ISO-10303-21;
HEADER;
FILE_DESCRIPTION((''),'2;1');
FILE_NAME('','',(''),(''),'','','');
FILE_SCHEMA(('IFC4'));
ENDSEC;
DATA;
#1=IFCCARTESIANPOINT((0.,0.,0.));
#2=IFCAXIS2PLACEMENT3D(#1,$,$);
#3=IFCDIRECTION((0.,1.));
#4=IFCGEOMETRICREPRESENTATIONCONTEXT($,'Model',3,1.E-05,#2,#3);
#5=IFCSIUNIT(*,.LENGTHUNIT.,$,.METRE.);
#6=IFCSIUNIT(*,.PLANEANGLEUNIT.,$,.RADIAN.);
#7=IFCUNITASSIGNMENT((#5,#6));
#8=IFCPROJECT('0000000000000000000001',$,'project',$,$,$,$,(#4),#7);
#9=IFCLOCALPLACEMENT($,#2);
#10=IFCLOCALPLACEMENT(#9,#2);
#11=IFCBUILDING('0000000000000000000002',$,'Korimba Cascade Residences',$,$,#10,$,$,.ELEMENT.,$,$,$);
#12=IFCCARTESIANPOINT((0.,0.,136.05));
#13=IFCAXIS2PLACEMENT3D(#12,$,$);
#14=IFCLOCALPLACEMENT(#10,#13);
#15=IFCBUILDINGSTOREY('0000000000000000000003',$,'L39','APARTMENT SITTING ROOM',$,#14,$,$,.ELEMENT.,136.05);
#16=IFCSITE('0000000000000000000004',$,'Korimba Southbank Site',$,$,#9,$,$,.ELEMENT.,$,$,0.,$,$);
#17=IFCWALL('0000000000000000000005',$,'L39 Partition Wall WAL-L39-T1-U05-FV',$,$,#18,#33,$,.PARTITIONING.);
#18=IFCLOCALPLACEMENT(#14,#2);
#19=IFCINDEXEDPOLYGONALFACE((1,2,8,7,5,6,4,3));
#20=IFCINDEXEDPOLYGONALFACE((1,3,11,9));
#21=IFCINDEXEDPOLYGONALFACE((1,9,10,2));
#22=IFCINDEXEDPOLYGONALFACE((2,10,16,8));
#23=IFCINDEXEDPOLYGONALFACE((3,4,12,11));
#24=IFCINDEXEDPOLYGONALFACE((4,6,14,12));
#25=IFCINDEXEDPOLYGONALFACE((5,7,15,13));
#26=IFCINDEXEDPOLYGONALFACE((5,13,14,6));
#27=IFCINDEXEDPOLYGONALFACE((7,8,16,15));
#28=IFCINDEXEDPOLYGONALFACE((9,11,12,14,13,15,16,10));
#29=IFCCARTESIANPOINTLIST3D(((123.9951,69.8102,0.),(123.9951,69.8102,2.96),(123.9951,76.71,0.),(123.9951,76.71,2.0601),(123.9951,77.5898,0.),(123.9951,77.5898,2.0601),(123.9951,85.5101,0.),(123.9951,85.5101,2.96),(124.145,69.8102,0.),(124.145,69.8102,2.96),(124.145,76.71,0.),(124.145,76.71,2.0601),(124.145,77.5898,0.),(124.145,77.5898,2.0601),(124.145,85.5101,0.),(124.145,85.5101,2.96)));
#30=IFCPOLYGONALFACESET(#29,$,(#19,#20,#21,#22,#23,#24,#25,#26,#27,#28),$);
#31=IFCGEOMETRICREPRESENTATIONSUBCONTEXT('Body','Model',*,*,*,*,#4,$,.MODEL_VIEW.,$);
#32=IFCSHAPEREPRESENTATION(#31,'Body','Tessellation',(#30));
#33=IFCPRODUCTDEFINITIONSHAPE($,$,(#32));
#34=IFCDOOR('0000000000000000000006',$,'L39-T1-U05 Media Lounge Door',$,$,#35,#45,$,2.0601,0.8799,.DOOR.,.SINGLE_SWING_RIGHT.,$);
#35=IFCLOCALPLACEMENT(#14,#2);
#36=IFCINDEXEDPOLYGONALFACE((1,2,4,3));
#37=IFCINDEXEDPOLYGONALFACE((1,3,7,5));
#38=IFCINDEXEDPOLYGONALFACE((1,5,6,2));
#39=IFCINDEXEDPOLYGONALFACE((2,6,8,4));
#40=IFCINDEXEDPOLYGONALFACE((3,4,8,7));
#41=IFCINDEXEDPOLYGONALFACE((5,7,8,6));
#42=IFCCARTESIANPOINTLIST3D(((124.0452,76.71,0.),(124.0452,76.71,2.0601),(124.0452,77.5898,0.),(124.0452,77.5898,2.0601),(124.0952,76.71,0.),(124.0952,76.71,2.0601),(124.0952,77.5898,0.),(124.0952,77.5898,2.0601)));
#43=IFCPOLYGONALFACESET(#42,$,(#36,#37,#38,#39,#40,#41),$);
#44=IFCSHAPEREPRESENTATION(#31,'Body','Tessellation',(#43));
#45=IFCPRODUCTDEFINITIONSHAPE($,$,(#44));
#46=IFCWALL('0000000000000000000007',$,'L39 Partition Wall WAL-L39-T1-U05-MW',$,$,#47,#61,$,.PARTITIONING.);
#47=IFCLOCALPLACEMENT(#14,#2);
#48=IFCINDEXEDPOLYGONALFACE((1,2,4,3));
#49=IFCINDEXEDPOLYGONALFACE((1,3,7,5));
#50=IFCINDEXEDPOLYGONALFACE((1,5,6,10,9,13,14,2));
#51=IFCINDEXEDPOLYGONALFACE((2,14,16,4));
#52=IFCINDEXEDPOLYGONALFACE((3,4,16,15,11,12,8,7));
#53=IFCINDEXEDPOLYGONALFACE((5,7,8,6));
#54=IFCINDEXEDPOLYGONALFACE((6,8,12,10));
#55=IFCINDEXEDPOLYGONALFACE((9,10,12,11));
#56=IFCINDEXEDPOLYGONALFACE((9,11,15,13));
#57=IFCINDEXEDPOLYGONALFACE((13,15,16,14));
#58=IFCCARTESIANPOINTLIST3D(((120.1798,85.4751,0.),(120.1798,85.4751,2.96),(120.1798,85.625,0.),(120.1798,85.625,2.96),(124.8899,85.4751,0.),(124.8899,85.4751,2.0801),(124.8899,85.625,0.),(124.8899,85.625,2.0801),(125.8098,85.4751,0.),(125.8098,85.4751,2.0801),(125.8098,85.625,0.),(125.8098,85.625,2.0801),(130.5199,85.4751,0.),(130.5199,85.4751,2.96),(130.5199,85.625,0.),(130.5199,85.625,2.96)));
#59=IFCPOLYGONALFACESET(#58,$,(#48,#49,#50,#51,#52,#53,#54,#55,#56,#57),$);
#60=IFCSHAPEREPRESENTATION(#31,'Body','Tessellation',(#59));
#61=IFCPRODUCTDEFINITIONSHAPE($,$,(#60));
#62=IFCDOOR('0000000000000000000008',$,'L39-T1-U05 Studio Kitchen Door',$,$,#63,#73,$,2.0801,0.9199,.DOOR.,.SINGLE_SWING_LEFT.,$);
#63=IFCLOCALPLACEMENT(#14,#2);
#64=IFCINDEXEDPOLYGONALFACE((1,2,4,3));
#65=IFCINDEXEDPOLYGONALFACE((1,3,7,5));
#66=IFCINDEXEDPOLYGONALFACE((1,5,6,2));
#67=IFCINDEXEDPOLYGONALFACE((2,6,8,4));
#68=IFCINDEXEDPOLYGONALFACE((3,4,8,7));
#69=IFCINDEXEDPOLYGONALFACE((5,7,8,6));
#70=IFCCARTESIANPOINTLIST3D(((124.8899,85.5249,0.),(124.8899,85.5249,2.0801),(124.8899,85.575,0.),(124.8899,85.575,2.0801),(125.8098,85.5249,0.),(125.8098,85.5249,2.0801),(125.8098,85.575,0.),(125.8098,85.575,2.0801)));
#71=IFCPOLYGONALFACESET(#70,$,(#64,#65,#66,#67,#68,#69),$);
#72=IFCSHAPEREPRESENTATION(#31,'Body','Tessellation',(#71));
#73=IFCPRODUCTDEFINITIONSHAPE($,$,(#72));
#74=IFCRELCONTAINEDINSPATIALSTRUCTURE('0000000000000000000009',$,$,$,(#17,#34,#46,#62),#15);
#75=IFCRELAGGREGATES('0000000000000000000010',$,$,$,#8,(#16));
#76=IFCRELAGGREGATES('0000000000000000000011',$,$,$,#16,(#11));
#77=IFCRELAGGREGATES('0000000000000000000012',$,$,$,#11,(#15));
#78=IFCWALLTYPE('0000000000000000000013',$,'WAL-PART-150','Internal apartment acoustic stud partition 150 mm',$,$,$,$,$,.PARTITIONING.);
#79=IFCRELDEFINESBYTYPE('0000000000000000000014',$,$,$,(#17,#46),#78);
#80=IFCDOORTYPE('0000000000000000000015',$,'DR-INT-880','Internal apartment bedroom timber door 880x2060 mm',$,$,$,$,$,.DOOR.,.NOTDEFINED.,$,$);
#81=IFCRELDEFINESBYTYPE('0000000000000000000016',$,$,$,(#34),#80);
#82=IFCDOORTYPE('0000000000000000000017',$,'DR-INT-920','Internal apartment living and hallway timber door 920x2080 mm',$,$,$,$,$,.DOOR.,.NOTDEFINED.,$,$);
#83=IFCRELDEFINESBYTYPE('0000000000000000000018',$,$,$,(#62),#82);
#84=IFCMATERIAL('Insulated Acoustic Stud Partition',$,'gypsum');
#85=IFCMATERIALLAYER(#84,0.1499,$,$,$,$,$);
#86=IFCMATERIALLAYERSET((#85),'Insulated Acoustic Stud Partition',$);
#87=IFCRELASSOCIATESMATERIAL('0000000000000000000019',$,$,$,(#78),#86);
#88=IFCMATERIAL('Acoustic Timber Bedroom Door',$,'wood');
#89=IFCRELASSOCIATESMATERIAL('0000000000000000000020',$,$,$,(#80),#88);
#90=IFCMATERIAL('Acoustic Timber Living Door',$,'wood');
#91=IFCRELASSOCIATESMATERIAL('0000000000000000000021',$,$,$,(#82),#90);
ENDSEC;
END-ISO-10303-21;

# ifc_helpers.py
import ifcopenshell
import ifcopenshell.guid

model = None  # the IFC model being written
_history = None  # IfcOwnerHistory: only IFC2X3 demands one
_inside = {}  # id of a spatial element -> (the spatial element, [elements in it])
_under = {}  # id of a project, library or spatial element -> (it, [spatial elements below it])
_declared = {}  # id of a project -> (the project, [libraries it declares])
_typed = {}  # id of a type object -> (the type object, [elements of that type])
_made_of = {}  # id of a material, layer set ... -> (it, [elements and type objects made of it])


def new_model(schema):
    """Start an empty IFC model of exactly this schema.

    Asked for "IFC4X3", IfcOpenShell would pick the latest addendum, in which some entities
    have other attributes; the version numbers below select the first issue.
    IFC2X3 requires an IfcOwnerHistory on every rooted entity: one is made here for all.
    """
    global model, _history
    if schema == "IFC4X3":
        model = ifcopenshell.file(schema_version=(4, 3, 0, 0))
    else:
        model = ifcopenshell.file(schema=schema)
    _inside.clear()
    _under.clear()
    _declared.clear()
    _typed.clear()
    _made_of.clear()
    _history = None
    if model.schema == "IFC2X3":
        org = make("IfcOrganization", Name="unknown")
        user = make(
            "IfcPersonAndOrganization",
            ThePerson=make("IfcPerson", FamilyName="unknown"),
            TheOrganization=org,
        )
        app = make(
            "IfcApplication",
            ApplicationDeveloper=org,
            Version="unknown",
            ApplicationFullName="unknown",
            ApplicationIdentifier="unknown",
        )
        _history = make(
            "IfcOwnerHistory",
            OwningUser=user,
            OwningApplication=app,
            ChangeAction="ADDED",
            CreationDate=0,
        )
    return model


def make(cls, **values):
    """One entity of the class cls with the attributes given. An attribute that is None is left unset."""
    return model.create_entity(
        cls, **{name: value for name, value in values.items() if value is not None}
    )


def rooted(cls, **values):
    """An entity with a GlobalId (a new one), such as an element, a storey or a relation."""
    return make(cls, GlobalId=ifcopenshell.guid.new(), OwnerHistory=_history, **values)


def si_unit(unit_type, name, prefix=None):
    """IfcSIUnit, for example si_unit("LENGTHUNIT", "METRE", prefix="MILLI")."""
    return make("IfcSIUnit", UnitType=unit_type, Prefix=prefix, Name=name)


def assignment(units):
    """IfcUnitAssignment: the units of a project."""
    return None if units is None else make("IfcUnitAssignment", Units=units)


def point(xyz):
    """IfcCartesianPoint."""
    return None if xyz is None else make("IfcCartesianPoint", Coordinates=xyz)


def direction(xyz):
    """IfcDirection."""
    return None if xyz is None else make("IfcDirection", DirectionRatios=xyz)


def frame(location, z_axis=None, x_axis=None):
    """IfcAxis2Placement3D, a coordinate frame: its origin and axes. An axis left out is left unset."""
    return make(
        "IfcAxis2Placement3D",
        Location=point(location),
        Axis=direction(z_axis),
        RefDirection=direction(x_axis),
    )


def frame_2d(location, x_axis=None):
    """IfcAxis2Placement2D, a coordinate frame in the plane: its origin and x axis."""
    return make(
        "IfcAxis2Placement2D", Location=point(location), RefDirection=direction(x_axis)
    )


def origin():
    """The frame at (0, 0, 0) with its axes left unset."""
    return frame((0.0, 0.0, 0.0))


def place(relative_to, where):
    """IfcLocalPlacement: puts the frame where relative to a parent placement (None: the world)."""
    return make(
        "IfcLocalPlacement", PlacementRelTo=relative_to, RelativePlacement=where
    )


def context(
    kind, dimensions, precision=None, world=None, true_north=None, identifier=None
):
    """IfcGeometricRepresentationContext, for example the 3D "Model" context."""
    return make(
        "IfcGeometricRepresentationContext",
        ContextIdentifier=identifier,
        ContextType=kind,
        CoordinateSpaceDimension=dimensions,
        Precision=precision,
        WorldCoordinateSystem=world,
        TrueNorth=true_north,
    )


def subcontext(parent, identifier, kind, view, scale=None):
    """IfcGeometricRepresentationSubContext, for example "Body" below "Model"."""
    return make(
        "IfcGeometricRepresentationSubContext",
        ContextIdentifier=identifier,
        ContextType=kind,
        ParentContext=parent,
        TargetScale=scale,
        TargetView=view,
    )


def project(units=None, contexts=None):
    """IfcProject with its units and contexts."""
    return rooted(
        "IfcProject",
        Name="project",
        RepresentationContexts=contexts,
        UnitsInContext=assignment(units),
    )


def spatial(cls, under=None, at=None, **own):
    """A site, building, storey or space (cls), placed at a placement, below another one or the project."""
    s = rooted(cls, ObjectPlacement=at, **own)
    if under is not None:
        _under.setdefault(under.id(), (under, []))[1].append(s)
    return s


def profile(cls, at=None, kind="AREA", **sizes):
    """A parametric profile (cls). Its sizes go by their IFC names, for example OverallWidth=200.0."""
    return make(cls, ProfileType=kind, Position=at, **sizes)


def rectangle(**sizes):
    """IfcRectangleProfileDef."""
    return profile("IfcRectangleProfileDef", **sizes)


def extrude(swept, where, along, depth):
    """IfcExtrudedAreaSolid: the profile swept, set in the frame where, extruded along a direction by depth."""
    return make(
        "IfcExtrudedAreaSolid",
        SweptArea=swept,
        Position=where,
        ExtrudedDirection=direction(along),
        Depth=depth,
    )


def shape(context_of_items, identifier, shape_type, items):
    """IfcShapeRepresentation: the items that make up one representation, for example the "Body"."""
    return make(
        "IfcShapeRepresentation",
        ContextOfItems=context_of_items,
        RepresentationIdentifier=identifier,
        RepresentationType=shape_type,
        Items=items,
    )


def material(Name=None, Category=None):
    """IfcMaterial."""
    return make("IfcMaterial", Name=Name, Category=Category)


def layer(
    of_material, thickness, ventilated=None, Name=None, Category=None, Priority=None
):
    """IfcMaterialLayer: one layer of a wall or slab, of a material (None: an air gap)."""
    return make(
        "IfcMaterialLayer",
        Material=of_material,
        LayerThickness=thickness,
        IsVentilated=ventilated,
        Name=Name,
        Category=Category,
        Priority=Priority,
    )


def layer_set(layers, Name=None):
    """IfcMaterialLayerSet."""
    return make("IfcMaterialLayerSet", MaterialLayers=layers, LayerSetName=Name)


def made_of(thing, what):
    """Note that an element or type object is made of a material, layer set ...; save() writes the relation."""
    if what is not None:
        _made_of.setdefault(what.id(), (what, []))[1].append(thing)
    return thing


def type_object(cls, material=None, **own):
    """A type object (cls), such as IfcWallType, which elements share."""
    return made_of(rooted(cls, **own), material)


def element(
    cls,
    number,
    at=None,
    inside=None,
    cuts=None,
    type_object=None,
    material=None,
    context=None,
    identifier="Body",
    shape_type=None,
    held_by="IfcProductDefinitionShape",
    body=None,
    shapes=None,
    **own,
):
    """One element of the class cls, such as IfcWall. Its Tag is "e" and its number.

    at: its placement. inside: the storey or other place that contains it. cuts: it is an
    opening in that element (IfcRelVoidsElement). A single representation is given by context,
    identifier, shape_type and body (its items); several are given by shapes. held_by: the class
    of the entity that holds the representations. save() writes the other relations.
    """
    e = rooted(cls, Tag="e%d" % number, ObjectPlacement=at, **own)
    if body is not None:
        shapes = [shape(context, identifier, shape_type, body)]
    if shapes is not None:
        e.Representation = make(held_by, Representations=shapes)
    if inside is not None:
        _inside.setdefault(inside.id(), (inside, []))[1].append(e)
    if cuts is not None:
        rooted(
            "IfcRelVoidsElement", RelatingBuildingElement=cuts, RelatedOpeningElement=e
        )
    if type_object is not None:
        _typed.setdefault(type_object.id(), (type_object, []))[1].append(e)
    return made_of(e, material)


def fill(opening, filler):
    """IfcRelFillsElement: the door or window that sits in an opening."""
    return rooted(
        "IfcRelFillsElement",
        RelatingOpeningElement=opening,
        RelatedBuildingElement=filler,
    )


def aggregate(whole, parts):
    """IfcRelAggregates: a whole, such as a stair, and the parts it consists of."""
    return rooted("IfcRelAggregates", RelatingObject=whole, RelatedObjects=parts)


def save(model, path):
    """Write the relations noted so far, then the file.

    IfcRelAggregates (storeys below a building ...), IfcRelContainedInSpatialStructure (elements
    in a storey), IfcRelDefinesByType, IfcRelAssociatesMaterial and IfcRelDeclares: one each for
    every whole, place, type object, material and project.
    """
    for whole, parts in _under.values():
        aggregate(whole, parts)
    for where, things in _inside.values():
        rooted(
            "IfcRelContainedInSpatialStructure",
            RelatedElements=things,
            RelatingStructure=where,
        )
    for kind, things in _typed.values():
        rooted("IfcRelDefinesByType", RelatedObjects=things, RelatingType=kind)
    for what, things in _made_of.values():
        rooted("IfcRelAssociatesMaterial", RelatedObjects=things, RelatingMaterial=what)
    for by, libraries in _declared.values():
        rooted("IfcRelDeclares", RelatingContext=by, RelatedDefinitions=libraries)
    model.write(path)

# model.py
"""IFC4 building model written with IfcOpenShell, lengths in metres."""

from ifc_helpers import new_model, si_unit, direction, frame, frame_2d, origin, place, context, subcontext, project, spatial, rectangle, extrude, material, layer, layer_set, type_object, element, fill, save


model = new_model("IFC4")

# Units and contexts
model_context = context("Model", 3, precision=1e-05, world=origin(), true_north=direction((0.0, 1.0)))
body_context = subcontext(model_context, "Body", "Model", "MODEL_VIEW")
ifc_project = project(units=[si_unit("LENGTHUNIT", "METRE"), si_unit("PLANEANGLEUNIT", "RADIAN")], contexts=[model_context])

# Site, building, storey
site_placement = place(None, origin())
site = spatial("IfcSite", under=ifc_project, at=site_placement, Name="Korimba Southbank Site", CompositionType="ELEMENT", RefElevation=0.0)
building_placement = place(site_placement, origin())
building = spatial("IfcBuilding", under=site, at=building_placement, Name="Korimba Cascade Residences", CompositionType="ELEMENT")
storey_placement = place(building_placement, frame((0.0, 0.0, 136.05)))
storey = spatial("IfcBuildingStorey", under=building, at=storey_placement, Name="L39", Description="APARTMENT SITTING ROOM", CompositionType="ELEMENT", Elevation=136.05)

# Walls, openings, doors
ifc_material_1 = material(Name="Insulated Acoustic Stud Partition", Category="gypsum")
ifc_layer_1 = layer(ifc_material_1, 0.1499)
ifc_layer_set_1 = layer_set([ifc_layer_1], Name="Insulated Acoustic Stud Partition")
wall_type_1 = type_object("IfcWallType", Name="WAL-PART-150", Description="Internal apartment acoustic stud partition 150 mm", PredefinedType="PARTITIONING", material=ifc_layer_set_1)
ifc_material_2 = material(Name="Acoustic Timber Bedroom Door", Category="wood")
door_type_1 = type_object("IfcDoorType", Name="DR-INT-880", Description="Internal apartment bedroom timber door 880x2060 mm", OperationType="NOTDEFINED", PredefinedType="DOOR", material=ifc_material_2)
wall_1_placement = place(storey_placement, frame((124.0701, 69.8101, 0.0), z_axis=(0.0, 0.0, 1.0), x_axis=(0.0, 1.0, 0.0)))
wall_1 = element("IfcWall", 1, at=wall_1_placement, inside=storey, type_object=wall_type_1, Name="L39 Partition Wall WAL-L39-T1-U05-FV", PredefinedType="PARTITIONING", context=body_context, shape_type="SweptSolid", body=[
    extrude(rectangle(XDim=15.7, YDim=0.1499, at=frame_2d((7.8501, 0.0))), origin(), (0.0, 0.0, 1.0), 2.96),
])
opening_1_placement = place(wall_1_placement, frame((6.8999, 0.0, 0.0)))
opening_1 = element("IfcOpeningElement", 2, at=opening_1_placement, cuts=wall_1, PredefinedType="OPENING", context=body_context, shape_type="SweptSolid", body=[
    extrude(rectangle(XDim=0.8799, YDim=2.0601, at=frame_2d((0.4399, 1.03))), frame((0.0, 0.085, 0.0), z_axis=(0.0, -1.0, 0.0), x_axis=(1.0, 0.0, 0.0)), (0.0, 0.0, 1.0), 0.1699),
])
door_1_placement = place(opening_1_placement, origin())
door_1 = element("IfcDoor", 3, at=door_1_placement, inside=storey, type_object=door_type_1, Name="L39-T1-U05 Media Lounge Door", OperationType="SINGLE_SWING_RIGHT", OverallHeight=2.0601, OverallWidth=0.8799, PredefinedType="DOOR", context=body_context, shape_type="SweptSolid", body=[
    extrude(rectangle(XDim=0.8799, YDim=2.0601, at=frame_2d((0.4399, 1.03))), frame((0.0, 0.0249, 0.0), z_axis=(0.0, -1.0, 0.0), x_axis=(1.0, 0.0, 0.0)), (0.0, 0.0, 1.0), 0.05),
])
fill(opening_1, door_1)
wall_2_placement = place(storey_placement, frame((120.1799, 85.55, 0.0), z_axis=(0.0, 0.0, 1.0), x_axis=(1.0, 0.0, 0.0)))
wall_2 = element("IfcWall", 4, at=wall_2_placement, inside=storey, type_object=wall_type_1, Name="L39 Partition Wall WAL-L39-T1-U05-MW", PredefinedType="PARTITIONING", context=body_context, shape_type="SweptSolid", body=[
    extrude(rectangle(XDim=10.3401, YDim=0.1499, at=frame_2d((5.1699, 0.0))), origin(), (0.0, 0.0, 1.0), 2.96),
])
opening_2_placement = place(wall_2_placement, frame((4.71, 0.0, 0.0)))
opening_2 = element("IfcOpeningElement", 5, at=opening_2_placement, cuts=wall_2, PredefinedType="OPENING", context=body_context, shape_type="SweptSolid", body=[
    extrude(rectangle(XDim=0.9199, YDim=2.0801, at=frame_2d((0.46, 1.04))), frame((0.0, 0.085, 0.0), z_axis=(0.0, -1.0, 0.0), x_axis=(1.0, 0.0, 0.0)), (0.0, 0.0, 1.0), 0.1699),
])
ifc_material_3 = material(Name="Acoustic Timber Living Door", Category="wood")
door_type_2 = type_object("IfcDoorType", Name="DR-INT-920", Description="Internal apartment living and hallway timber door 920x2080 mm", OperationType="NOTDEFINED", PredefinedType="DOOR", material=ifc_material_3)
door_2_placement = place(opening_2_placement, origin())
door_2 = element("IfcDoor", 6, at=door_2_placement, inside=storey, type_object=door_type_2, Name="L39-T1-U05 Studio Kitchen Door", OperationType="SINGLE_SWING_LEFT", OverallHeight=2.0801, OverallWidth=0.9199, PredefinedType="DOOR", context=body_context, shape_type="SweptSolid", body=[
    extrude(rectangle(XDim=0.9199, YDim=2.0801, at=frame_2d((0.46, 1.04))), frame((0.0, 0.0249, 0.0), z_axis=(0.0, -1.0, 0.0), x_axis=(1.0, 0.0, 0.0)), (0.0, 0.0, 1.0), 0.05),
])
fill(opening_2, door_2)

save(model, "model.ifc")
